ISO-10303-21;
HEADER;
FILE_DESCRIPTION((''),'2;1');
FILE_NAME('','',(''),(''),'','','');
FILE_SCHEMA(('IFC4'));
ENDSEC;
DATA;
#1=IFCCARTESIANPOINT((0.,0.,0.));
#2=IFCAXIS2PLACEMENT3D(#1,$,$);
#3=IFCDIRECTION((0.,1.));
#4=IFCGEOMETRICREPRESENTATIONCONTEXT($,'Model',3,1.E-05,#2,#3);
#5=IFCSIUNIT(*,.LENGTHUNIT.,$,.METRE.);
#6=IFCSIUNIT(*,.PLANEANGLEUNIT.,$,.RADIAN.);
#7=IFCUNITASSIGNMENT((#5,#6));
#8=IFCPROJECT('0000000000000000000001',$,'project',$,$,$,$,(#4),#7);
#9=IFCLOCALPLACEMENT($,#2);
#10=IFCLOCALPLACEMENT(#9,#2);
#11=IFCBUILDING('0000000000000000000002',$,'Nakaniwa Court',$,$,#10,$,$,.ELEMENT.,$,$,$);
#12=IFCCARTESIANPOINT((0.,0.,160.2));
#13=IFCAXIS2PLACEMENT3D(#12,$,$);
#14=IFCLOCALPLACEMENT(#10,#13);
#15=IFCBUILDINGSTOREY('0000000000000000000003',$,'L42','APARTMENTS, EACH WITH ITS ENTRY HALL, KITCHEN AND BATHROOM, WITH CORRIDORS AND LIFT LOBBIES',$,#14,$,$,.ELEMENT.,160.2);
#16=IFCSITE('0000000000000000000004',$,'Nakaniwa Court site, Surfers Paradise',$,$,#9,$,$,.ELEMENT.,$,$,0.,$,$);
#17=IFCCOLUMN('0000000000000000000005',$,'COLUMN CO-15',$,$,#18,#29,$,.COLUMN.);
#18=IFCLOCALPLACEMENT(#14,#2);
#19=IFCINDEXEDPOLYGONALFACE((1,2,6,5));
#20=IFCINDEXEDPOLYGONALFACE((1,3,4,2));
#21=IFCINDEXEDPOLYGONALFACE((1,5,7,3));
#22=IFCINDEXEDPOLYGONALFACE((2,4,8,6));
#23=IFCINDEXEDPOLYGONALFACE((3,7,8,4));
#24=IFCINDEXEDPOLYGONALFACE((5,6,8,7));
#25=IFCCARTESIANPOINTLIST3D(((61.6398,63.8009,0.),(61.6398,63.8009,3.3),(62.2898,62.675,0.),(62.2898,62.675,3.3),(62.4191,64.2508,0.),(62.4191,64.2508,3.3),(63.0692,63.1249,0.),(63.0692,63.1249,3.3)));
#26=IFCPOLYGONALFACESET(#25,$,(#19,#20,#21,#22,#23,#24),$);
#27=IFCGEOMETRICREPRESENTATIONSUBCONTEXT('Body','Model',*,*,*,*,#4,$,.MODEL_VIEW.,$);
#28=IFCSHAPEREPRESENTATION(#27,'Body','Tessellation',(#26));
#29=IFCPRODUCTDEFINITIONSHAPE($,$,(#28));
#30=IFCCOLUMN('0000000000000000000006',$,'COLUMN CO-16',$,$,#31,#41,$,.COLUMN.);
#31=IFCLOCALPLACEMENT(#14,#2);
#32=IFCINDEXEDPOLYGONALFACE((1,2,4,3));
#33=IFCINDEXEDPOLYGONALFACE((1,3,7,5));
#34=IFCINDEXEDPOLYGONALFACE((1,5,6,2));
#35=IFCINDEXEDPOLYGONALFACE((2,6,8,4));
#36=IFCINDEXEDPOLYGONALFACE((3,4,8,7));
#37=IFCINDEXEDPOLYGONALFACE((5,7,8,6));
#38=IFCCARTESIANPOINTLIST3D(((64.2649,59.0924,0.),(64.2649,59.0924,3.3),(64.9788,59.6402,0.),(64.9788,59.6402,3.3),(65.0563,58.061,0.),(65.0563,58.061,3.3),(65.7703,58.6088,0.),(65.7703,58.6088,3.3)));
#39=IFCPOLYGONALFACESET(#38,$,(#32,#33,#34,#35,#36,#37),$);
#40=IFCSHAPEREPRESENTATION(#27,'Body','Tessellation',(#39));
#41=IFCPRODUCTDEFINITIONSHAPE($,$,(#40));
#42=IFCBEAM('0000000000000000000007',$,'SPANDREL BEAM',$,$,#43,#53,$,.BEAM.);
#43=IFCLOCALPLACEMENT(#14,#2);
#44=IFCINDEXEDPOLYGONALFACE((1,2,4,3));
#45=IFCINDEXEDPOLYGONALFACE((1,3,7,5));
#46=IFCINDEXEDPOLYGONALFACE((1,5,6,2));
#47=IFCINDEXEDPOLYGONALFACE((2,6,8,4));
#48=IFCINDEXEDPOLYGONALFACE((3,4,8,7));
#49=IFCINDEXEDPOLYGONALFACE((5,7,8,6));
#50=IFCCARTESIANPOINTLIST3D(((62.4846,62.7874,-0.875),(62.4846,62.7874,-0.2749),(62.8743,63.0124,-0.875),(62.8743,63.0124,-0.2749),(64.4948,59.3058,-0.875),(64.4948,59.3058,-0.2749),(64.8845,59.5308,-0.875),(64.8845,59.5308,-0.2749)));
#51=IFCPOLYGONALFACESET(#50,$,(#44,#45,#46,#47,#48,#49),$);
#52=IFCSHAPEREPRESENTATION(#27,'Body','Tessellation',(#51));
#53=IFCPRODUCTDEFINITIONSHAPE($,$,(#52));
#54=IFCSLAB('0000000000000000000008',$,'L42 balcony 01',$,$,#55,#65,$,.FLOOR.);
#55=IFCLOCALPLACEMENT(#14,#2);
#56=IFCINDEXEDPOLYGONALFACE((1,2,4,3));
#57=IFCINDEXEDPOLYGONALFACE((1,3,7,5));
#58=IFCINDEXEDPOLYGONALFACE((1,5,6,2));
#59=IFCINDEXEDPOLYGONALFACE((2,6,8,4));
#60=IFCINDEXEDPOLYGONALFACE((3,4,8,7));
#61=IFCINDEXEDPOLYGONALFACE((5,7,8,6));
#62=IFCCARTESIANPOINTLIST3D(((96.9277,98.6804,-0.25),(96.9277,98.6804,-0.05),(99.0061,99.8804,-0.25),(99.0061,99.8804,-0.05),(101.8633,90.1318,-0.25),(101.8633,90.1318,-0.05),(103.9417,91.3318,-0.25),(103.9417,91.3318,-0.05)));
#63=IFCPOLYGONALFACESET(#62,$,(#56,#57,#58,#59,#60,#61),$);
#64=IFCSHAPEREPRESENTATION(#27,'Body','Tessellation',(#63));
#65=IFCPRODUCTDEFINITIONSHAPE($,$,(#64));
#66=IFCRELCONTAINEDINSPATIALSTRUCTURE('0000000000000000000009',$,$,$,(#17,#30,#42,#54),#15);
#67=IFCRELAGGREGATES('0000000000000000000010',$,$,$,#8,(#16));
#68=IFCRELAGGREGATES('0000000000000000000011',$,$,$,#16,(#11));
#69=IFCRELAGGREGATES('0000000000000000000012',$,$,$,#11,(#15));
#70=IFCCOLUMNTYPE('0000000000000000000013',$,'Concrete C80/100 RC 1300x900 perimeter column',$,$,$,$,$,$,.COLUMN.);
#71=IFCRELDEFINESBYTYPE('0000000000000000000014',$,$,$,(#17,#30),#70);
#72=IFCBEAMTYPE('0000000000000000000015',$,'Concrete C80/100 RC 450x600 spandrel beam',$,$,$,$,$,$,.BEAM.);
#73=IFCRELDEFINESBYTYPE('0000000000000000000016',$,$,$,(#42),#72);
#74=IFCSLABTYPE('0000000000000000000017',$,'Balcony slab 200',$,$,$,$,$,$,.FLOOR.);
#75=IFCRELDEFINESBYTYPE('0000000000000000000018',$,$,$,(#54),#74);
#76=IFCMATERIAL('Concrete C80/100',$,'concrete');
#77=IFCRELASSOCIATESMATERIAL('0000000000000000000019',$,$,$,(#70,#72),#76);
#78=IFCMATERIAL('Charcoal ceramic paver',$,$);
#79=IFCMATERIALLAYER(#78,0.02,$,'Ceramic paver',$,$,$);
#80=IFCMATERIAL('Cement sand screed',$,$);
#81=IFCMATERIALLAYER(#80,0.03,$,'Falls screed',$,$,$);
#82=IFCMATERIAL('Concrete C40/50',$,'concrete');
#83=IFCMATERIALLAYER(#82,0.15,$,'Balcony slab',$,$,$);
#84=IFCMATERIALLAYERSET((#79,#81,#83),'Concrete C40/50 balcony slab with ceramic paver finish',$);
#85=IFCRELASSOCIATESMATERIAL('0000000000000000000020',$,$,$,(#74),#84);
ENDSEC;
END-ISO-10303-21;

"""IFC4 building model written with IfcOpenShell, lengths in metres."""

from ifc_helpers import new_model, si_unit, direction, frame, origin, origin_2d, place, context, subcontext, project, spatial, polyline, rectangle, outline, extrude, material, layer, layer_set, material_profile, profile_set, type_object, element, save


model = new_model("IFC4")

# Units and contexts
model_context = context("Model", 3, precision=1e-05, world=origin(), true_north=direction((0.0, 1.0)))
body_context = subcontext(model_context, "Body", "Model", "MODEL_VIEW")
ifc_project = project(units=[si_unit("LENGTHUNIT", "METRE"), si_unit("PLANEANGLEUNIT", "RADIAN")], contexts=[model_context])

# Site, building, storey
site_placement = place(None, origin())
site = spatial("IfcSite", under=ifc_project, at=site_placement, Name="Nakaniwa Court site, Surfers Paradise", CompositionType="ELEMENT", RefElevation=0.0)
building_placement = place(site_placement, origin())
building = spatial("IfcBuilding", under=site, at=building_placement, Name="Nakaniwa Court", CompositionType="ELEMENT")
storey_placement = place(building_placement, frame((0.0, 0.0, 160.2)))
storey = spatial("IfcBuildingStorey", under=building, at=storey_placement, Name="L42", Description="APARTMENTS, EACH WITH ITS ENTRY HALL, KITCHEN AND BATHROOM, WITH CORRIDORS AND LIFT LOBBIES", CompositionType="ELEMENT", Elevation=160.2)

# Columns
ifc_material_1 = material(Name="Concrete C80/100", Category="concrete")
ifc_material_profile_1 = material_profile(ifc_material_1, rectangle(XDim=1.3, YDim=0.8999, at=origin_2d()), Name="Concrete C80/100 RC 1300x900 perimeter column")
ifc_profile_set_1 = profile_set([ifc_material_profile_1], Name="Concrete C80/100")
column_type = type_object("IfcColumnType", Name="Concrete C80/100 RC 1300x900 perimeter column", PredefinedType="COLUMN", material=ifc_profile_set_1)
for number, where, z_axis, x_axis, name in (
    (1, (62.3545, 63.4629, 0.0), (0.0, 0.0, 1.0), (0.5, -0.866025, 0.0), "COLUMN CO-15"),
    (2, (65.0176, 58.8506, 0.0), (0.0, 0.0, 1.0), (0.608761, -0.793353, 0.0), "COLUMN CO-16"),
):
    element("IfcColumn", number, at=place(storey_placement, frame(where, z_axis=z_axis, x_axis=x_axis)), inside=storey, type_object=column_type, Name=name, PredefinedType="COLUMN", context=body_context, shape_type="SweptSolid", body=[
        extrude(rectangle(XDim=1.3, YDim=0.8999, at=origin_2d()), origin(), (0.0, 0.0, 1.0), 3.3),
    ])

# Beam
ifc_material_profile_2 = material_profile(ifc_material_1, rectangle(XDim=0.45, YDim=0.6001, at=origin_2d()), Name="Concrete C80/100 RC 450x600 spandrel beam")
ifc_profile_set_2 = profile_set([ifc_material_profile_2], Name="Concrete C80/100")
beam_type = type_object("IfcBeamType", Name="Concrete C80/100 RC 450x600 spandrel beam", PredefinedType="BEAM", material=ifc_profile_set_2)
beam_placement = place(storey_placement, frame((62.6794, 62.8999, -0.575), z_axis=(0.500019, -0.866015, 0.0), x_axis=(0.866015, 0.500019, 0.0)))
element("IfcBeam", 3, at=beam_placement, inside=storey, type_object=beam_type, Name="SPANDREL BEAM", PredefinedType="BEAM", context=body_context, shape_type="SweptSolid", body=[
    extrude(rectangle(XDim=0.45, YDim=0.6001, at=origin_2d()), origin(), (0.0, 0.0, 1.0), 4.0203),
])

# Slab
ifc_material_2 = material(Name="Charcoal ceramic paver")
ifc_layer_1 = layer(ifc_material_2, 0.02, Name="Ceramic paver")
ifc_material_3 = material(Name="Cement sand screed")
ifc_layer_2 = layer(ifc_material_3, 0.03, Name="Falls screed")
ifc_material_4 = material(Name="Concrete C40/50", Category="concrete")
ifc_layer_3 = layer(ifc_material_4, 0.15, Name="Balcony slab")
ifc_layer_set_1 = layer_set([ifc_layer_1, ifc_layer_2, ifc_layer_3], Name="Concrete C40/50 balcony slab with ceramic paver finish")
slab_type_1 = type_object("IfcSlabType", Name="Balcony slab 200", PredefinedType="FLOOR", material=ifc_layer_set_1)
slab_1_placement = place(storey_placement, frame((0.0, 0.0, -0.25)))
element("IfcSlab", 4, at=slab_1_placement, inside=storey, type_object=slab_type_1, Name="L42 balcony 01", PredefinedType="FLOOR", context=body_context, shape_type="SweptSolid", body=[
    extrude(outline(polyline([(101.8633, 90.1318), (96.9277, 98.6804), (99.0061, 99.8804), (103.9417, 91.3318), (101.8633, 90.1318)])), origin(), (0.0, 0.0, 1.0), 0.2),
])

save(model, "model.ifc")
